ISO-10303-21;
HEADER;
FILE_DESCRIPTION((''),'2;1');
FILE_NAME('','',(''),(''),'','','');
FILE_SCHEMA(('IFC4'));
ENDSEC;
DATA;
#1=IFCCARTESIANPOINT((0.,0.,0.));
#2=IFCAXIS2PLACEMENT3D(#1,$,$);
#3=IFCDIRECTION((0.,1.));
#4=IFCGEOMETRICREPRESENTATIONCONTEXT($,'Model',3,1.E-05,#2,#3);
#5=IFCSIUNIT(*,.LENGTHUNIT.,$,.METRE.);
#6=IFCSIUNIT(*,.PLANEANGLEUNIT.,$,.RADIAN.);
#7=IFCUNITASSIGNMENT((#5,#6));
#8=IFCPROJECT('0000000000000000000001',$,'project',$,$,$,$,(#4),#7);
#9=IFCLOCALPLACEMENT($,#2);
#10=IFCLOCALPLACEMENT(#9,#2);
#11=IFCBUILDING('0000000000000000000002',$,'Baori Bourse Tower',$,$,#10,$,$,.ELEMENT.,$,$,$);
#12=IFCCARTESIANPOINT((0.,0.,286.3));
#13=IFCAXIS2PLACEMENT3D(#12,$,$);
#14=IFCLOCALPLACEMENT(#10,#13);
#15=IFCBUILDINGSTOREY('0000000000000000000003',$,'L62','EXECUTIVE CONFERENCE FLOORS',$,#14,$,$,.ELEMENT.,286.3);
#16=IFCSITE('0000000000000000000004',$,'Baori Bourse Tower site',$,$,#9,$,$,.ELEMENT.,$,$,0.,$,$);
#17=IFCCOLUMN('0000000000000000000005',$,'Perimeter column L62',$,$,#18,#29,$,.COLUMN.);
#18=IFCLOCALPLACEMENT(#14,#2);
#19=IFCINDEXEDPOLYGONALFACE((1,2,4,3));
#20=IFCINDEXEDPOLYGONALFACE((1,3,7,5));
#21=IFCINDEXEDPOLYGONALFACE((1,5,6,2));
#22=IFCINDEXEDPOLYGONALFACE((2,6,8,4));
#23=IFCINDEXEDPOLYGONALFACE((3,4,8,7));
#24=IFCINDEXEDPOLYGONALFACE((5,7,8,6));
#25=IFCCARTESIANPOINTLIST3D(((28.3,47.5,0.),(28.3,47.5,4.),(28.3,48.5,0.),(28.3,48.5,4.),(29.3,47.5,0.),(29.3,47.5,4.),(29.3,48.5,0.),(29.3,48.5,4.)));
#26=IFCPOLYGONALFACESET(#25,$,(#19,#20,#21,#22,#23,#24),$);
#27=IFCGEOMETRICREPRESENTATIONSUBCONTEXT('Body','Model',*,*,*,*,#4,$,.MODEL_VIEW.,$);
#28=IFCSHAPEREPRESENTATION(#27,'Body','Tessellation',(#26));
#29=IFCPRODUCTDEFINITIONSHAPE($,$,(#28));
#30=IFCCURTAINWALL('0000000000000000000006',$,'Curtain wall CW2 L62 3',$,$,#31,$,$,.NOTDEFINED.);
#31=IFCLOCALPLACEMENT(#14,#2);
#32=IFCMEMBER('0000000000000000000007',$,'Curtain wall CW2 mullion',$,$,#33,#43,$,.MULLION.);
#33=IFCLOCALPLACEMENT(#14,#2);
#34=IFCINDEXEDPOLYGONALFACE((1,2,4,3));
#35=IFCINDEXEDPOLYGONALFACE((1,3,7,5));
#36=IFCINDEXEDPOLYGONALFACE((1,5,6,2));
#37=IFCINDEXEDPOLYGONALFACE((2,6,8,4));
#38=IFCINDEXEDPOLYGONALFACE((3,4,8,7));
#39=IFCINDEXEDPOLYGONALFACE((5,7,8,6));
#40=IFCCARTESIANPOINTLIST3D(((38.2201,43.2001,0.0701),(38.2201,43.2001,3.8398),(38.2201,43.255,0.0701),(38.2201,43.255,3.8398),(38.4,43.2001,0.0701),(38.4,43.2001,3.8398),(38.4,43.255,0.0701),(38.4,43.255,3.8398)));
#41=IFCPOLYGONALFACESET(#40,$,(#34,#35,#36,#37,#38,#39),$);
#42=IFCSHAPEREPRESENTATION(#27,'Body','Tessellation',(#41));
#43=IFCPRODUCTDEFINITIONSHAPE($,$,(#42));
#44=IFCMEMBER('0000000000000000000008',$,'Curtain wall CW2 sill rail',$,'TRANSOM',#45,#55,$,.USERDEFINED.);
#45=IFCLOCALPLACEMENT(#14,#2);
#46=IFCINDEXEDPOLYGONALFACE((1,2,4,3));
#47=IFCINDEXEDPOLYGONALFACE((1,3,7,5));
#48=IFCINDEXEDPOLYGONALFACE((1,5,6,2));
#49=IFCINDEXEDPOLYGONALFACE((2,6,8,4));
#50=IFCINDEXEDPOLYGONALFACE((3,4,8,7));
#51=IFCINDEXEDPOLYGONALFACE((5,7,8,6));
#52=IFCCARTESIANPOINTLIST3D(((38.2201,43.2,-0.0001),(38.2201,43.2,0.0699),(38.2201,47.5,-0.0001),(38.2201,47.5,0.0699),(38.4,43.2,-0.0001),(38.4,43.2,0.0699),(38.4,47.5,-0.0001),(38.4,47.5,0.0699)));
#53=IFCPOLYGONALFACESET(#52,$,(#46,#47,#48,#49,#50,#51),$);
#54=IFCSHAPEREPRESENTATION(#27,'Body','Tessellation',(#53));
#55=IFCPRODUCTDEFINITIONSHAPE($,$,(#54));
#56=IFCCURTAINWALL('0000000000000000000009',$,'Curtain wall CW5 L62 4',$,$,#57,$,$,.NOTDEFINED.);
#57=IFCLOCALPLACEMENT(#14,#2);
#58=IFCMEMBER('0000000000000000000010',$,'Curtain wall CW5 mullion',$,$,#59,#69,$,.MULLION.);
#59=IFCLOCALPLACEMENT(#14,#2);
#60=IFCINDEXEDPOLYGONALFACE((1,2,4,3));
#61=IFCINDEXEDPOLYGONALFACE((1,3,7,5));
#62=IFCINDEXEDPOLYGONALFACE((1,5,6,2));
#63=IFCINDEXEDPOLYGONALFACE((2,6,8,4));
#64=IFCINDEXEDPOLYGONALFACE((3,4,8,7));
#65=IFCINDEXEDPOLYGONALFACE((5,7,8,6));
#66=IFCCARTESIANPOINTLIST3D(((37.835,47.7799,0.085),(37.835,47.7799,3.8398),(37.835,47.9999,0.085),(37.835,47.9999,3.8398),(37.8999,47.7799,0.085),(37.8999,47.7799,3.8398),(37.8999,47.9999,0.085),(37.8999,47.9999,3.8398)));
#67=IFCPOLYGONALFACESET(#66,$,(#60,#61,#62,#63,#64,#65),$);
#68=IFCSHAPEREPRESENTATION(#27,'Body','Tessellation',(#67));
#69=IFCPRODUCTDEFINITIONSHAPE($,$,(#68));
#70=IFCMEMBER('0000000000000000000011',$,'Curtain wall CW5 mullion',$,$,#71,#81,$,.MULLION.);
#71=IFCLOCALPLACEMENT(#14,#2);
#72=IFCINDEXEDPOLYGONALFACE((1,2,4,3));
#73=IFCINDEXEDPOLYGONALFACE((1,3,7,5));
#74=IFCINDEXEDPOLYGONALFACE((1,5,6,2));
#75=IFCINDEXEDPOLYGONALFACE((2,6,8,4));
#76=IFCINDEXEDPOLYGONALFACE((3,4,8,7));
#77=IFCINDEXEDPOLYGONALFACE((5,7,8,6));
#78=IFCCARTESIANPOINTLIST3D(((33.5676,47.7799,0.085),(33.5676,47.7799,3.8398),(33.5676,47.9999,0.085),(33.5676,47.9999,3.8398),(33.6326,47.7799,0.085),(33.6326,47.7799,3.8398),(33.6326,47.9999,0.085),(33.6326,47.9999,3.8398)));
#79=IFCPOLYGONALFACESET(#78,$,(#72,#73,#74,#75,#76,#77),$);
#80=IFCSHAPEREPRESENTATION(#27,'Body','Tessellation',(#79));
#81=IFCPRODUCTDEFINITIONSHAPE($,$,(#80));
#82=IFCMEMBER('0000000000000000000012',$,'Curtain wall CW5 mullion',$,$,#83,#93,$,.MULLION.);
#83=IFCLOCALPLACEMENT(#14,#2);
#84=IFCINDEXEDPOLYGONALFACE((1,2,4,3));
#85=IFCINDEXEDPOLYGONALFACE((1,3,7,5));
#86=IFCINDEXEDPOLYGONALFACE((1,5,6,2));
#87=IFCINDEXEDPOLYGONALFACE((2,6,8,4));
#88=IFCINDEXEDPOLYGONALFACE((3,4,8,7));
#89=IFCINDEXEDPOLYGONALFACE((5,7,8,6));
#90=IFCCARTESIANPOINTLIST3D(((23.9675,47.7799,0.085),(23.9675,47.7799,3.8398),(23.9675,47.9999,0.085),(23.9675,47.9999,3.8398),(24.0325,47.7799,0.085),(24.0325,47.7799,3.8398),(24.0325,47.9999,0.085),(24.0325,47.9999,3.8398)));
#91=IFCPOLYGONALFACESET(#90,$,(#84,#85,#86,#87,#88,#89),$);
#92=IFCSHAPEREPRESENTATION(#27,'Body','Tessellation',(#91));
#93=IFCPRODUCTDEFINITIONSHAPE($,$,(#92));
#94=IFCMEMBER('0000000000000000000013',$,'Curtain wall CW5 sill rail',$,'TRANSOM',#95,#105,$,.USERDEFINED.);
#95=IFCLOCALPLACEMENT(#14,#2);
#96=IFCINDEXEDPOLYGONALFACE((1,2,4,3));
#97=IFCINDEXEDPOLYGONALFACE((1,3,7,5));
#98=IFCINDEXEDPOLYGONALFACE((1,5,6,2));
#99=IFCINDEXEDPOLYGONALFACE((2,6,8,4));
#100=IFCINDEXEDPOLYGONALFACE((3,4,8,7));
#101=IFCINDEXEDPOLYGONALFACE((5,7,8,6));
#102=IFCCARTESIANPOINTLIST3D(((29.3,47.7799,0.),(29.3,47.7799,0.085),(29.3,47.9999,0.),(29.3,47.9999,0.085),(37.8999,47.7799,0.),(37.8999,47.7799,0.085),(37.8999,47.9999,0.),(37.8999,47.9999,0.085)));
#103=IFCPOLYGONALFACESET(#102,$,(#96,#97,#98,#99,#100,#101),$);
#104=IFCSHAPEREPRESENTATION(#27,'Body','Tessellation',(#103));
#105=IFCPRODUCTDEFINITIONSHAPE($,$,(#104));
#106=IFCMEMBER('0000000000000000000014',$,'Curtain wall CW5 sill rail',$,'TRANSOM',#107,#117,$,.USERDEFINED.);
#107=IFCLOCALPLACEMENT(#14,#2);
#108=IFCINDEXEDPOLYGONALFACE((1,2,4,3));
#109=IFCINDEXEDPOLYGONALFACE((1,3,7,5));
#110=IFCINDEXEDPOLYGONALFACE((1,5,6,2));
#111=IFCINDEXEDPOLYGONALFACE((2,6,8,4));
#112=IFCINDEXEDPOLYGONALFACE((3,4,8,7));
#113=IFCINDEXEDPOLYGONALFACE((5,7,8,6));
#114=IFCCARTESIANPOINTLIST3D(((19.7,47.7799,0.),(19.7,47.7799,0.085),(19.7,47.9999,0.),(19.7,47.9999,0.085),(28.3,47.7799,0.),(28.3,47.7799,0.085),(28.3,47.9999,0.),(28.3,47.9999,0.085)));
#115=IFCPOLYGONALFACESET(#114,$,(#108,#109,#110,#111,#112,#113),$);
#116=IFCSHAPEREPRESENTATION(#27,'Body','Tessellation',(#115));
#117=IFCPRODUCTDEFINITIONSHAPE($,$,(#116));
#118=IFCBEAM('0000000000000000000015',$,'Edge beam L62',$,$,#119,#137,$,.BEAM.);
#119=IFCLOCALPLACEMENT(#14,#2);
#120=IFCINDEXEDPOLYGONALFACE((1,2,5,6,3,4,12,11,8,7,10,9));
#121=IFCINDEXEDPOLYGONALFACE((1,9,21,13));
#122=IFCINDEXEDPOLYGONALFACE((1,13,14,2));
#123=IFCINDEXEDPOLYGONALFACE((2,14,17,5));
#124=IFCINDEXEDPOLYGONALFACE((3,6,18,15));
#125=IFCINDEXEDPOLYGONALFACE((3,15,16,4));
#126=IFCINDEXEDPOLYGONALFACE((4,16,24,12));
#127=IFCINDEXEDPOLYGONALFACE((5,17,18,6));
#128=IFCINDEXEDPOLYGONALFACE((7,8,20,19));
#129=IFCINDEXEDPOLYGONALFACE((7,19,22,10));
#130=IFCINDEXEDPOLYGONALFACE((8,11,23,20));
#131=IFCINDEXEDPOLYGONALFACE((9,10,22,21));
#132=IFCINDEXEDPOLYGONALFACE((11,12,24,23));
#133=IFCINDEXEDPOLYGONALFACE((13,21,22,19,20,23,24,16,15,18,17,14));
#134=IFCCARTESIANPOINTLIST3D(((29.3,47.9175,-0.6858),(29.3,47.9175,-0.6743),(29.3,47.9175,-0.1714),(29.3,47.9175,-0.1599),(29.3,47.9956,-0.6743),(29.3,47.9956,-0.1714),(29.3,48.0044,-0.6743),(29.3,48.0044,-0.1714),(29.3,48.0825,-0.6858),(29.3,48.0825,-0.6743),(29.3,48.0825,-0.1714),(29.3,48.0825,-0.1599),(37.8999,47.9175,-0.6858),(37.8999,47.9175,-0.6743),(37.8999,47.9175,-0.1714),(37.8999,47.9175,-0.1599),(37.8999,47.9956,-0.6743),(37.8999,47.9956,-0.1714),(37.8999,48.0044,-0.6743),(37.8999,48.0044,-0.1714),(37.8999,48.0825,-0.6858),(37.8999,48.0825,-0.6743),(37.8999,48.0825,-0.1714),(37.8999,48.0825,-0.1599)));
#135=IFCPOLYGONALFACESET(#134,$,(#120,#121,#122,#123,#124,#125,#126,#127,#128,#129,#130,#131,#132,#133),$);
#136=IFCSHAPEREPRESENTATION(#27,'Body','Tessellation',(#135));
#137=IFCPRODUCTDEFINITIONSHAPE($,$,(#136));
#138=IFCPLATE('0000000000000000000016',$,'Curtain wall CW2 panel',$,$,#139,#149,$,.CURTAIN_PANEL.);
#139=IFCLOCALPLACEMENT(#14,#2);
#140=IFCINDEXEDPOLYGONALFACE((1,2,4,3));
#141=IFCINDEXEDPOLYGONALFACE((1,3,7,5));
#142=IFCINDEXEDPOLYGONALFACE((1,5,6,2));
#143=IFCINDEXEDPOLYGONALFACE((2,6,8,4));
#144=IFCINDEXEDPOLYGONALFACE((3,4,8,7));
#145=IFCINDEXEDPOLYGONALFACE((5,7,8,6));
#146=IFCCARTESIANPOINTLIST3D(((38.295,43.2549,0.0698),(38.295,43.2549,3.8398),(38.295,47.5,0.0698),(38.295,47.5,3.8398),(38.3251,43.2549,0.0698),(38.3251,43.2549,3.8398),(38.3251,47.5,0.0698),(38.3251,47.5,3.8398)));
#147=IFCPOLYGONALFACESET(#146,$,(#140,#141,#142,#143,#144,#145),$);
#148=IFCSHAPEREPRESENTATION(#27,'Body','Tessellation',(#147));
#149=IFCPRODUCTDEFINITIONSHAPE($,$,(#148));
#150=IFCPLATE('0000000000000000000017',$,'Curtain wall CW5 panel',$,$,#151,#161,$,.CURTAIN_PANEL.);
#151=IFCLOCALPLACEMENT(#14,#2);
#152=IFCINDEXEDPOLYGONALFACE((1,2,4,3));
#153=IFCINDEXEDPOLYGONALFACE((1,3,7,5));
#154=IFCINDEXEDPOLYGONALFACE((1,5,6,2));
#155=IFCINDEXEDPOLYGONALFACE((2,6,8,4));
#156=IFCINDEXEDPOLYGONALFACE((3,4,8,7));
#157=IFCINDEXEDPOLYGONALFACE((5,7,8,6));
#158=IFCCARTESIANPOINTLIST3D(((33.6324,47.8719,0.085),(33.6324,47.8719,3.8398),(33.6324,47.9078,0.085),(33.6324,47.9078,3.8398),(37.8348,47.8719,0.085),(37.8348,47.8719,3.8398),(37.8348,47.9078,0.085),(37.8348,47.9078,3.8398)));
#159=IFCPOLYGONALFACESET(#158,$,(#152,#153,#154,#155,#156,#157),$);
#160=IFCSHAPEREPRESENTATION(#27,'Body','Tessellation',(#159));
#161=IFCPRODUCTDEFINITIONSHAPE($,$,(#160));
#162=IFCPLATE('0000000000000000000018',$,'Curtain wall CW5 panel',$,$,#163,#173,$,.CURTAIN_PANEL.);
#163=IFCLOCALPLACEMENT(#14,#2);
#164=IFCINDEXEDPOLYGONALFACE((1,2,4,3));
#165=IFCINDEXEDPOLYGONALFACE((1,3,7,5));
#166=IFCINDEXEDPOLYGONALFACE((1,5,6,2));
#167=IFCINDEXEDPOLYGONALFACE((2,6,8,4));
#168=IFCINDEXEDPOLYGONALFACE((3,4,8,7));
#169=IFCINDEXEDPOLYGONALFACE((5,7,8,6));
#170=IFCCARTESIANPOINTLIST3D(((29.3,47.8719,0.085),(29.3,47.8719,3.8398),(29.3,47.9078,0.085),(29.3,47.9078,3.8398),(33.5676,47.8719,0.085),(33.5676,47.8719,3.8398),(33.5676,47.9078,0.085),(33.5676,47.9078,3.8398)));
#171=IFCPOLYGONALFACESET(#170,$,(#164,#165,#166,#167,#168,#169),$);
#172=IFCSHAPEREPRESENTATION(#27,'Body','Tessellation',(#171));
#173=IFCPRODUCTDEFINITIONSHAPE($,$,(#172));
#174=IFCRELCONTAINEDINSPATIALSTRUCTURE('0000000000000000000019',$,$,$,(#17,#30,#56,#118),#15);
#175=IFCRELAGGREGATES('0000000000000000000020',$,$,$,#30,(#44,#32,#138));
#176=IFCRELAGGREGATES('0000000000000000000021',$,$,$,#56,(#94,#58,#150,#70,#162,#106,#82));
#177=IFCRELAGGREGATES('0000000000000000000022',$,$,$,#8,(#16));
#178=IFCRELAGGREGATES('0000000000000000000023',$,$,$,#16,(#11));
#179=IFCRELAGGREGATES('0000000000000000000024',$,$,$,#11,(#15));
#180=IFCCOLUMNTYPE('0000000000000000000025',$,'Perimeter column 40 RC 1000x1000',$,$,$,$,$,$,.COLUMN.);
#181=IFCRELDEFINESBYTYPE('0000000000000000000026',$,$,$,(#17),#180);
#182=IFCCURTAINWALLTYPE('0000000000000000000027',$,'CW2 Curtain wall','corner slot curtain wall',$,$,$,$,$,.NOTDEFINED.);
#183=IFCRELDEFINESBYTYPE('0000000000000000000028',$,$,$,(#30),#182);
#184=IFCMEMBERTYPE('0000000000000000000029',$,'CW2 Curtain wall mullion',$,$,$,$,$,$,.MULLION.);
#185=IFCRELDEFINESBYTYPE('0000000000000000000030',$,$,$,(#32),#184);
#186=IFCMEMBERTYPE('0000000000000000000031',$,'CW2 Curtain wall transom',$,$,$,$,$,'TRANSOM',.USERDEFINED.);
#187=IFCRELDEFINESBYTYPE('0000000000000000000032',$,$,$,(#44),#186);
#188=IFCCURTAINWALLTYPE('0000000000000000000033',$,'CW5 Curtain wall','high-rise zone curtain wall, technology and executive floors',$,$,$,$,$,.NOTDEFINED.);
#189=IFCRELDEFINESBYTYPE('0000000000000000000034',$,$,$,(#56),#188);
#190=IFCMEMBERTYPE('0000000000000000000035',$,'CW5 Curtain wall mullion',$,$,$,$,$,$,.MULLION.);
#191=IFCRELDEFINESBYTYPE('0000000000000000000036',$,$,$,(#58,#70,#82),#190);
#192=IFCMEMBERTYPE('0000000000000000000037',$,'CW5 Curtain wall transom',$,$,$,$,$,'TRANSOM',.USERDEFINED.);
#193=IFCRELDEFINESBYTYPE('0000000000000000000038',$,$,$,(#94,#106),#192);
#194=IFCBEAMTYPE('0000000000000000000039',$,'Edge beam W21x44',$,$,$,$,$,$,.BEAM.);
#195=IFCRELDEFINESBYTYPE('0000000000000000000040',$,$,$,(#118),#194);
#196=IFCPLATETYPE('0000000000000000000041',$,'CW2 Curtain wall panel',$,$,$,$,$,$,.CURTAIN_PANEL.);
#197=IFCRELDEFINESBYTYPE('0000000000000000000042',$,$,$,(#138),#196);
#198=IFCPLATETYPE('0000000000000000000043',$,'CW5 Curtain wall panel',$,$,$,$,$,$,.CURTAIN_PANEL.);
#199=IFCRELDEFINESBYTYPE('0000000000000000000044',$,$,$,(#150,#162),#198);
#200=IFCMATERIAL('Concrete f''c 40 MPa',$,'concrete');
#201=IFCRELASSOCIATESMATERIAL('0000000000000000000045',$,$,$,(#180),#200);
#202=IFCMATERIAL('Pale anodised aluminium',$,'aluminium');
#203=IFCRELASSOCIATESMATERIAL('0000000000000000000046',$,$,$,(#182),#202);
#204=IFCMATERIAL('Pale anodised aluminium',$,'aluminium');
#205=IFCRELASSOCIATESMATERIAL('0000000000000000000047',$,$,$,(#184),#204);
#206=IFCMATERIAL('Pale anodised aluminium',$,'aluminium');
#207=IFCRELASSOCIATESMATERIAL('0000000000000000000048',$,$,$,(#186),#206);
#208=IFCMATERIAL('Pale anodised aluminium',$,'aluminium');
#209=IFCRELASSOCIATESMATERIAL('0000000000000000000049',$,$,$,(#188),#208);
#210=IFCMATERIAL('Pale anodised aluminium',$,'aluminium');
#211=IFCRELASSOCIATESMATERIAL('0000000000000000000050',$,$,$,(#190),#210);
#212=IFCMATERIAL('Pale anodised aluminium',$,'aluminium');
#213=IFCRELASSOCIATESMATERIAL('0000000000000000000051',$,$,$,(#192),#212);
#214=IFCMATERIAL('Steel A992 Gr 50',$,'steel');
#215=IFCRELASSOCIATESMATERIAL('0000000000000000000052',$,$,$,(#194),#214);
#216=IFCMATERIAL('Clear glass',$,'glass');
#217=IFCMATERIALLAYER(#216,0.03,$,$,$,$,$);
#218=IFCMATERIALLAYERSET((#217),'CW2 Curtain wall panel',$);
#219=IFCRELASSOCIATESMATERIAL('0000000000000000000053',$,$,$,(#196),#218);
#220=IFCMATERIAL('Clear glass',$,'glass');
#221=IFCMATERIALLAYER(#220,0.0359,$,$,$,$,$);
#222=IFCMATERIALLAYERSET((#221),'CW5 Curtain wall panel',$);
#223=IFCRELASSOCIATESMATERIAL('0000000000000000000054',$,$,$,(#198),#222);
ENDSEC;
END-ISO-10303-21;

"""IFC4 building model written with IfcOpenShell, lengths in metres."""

from ifc_helpers import new_model, si_unit, direction, frame, origin, origin_2d, place, context, subcontext, project, spatial, rectangle, i_section, extrude, material, layer, layer_set, material_profile, profile_set, type_object, element, aggregate, save


model = new_model("IFC4")

# Units and contexts
model_context = context("Model", 3, precision=1e-05, world=origin(), true_north=direction((0.0, 1.0)))
body_context = subcontext(model_context, "Body", "Model", "MODEL_VIEW")
ifc_project = project(units=[si_unit("LENGTHUNIT", "METRE"), si_unit("PLANEANGLEUNIT", "RADIAN")], contexts=[model_context])

# Site, building, storey
site_placement = place(None, origin())
site = spatial("IfcSite", under=ifc_project, at=site_placement, Name="Baori Bourse Tower site", CompositionType="ELEMENT", RefElevation=0.0)
building_placement = place(site_placement, origin())
building = spatial("IfcBuilding", under=site, at=building_placement, Name="Baori Bourse Tower", CompositionType="ELEMENT")
storey_placement = place(building_placement, frame((0.0, 0.0, 286.3)))
storey = spatial("IfcBuildingStorey", under=building, at=storey_placement, Name="L62", Description="EXECUTIVE CONFERENCE FLOORS", CompositionType="ELEMENT", Elevation=286.3)

# Column
ifc_material_1 = material(Name="Concrete f'c 40 MPa", Category="concrete")
ifc_material_profile_1 = material_profile(ifc_material_1, rectangle(XDim=1.0, YDim=1.0, at=origin_2d()), Name="RC 1000x1000")
ifc_profile_set_1 = profile_set([ifc_material_profile_1], Name="Concrete f'c 40 MPa")
column_type = type_object("IfcColumnType", Name="Perimeter column 40 RC 1000x1000", PredefinedType="COLUMN", material=ifc_profile_set_1)
column_placement = place(storey_placement, frame((28.8, 48.0, 0.0), z_axis=(0.0, 0.0, 1.0), x_axis=(1.0, 0.0, 0.0)))
element("IfcColumn", 1, at=column_placement, inside=storey, type_object=column_type, Name="Perimeter column L62", PredefinedType="COLUMN", context=body_context, shape_type="SweptSolid", body=[
    extrude(rectangle(XDim=1.0, YDim=1.0, at=origin_2d()), origin(), (0.0, 0.0, 1.0), 4.0),
])

# Curtain walls, members
ifc_material_2 = material(Name="Pale anodised aluminium", Category="aluminium")
curtain_wall_type_1 = type_object("IfcCurtainWallType", Name="CW2 Curtain wall", Description="corner slot curtain wall", PredefinedType="NOTDEFINED", material=ifc_material_2)
curtain_wall_1_placement = place(storey_placement, origin())
curtain_wall_1 = element("IfcCurtainWall", 2, at=curtain_wall_1_placement, inside=storey, type_object=curtain_wall_type_1, Name="Curtain wall CW2 L62 3", PredefinedType="NOTDEFINED")
ifc_material_3 = material(Name="Pale anodised aluminium", Category="aluminium")
ifc_material_profile_2 = material_profile(ifc_material_3, rectangle(XDim=0.1799, YDim=0.0549, at=origin_2d()), Name="Mullion 55x180")
ifc_profile_set_2 = profile_set([ifc_material_profile_2], Name="Pale anodised aluminium")
member_type_1 = type_object("IfcMemberType", Name="CW2 Curtain wall mullion", PredefinedType="MULLION", material=ifc_profile_set_2)
member_1_placement = place(storey_placement, frame((38.3101, 43.2275, 0.0701), z_axis=(0.0, 0.0, 1.0), x_axis=(-1.0, 0.0, 0.0)))
member_1 = element("IfcMember", 3, at=member_1_placement, type_object=member_type_1, Name="Curtain wall CW2 mullion", PredefinedType="MULLION", context=body_context, shape_type="SweptSolid", body=[
    extrude(rectangle(XDim=0.1799, YDim=0.0549, at=origin_2d()), origin(), (0.0, 0.0, 1.0), 3.7698),
])
ifc_material_4 = material(Name="Pale anodised aluminium", Category="aluminium")
ifc_material_profile_3 = material_profile(ifc_material_4, rectangle(XDim=0.1799, YDim=0.0701, at=origin_2d()), Name="Transom 70x180")
ifc_profile_set_3 = profile_set([ifc_material_profile_3], Name="Pale anodised aluminium")
member_type_2 = type_object("IfcMemberType", Name="CW2 Curtain wall transom", ElementType="TRANSOM", PredefinedType="USERDEFINED", material=ifc_profile_set_3)
member_2_placement = place(storey_placement, frame((38.3101, 43.2, 0.0349), z_axis=(0.0, 1.0, 0.0), x_axis=(-1.0, 0.0, 0.0)))
member_2 = element("IfcMember", 4, at=member_2_placement, type_object=member_type_2, Name="Curtain wall CW2 sill rail", ObjectType="TRANSOM", PredefinedType="USERDEFINED", context=body_context, shape_type="SweptSolid", body=[
    extrude(rectangle(XDim=0.1799, YDim=0.0701, at=origin_2d()), origin(), (0.0, 0.0, 1.0), 4.3),
])
ifc_material_5 = material(Name="Pale anodised aluminium", Category="aluminium")
curtain_wall_type_2 = type_object("IfcCurtainWallType", Name="CW5 Curtain wall", Description="high-rise zone curtain wall, technology and executive floors", PredefinedType="NOTDEFINED", material=ifc_material_5)
curtain_wall_2_placement = place(storey_placement, origin())
curtain_wall_2 = element("IfcCurtainWall", 5, at=curtain_wall_2_placement, inside=storey, type_object=curtain_wall_type_2, Name="Curtain wall CW5 L62 4", PredefinedType="NOTDEFINED")
ifc_material_6 = material(Name="Pale anodised aluminium", Category="aluminium")
ifc_material_profile_4 = material_profile(ifc_material_6, rectangle(XDim=0.22, YDim=0.0649, at=origin_2d()), Name="Mullion 65x220")
ifc_profile_set_4 = profile_set([ifc_material_profile_4], Name="Pale anodised aluminium")
member_type_3 = type_object("IfcMemberType", Name="CW5 Curtain wall mullion", PredefinedType="MULLION", material=ifc_profile_set_4)
member_3_placement = place(storey_placement, frame((37.8674, 47.8899, 0.085), z_axis=(0.0, 0.0, 1.0), x_axis=(0.0, -1.0, 0.0)))
member_3 = element("IfcMember", 6, at=member_3_placement, type_object=member_type_3, Name="Curtain wall CW5 mullion", PredefinedType="MULLION", context=body_context, shape_type="SweptSolid", body=[
    extrude(rectangle(XDim=0.22, YDim=0.0649, at=origin_2d()), origin(), (0.0, 0.0, 1.0), 3.7549),
])
member_4_placement = place(storey_placement, frame((33.6001, 47.8899, 0.085), z_axis=(0.0, 0.0, 1.0), x_axis=(0.0, -1.0, 0.0)))
member_4 = element("IfcMember", 7, at=member_4_placement, type_object=member_type_3, Name="Curtain wall CW5 mullion", PredefinedType="MULLION", context=body_context, shape_type="SweptSolid", body=[
    extrude(rectangle(XDim=0.22, YDim=0.0649, at=origin_2d()), origin(), (0.0, 0.0, 1.0), 3.7549),
])
member_5_placement = place(storey_placement, frame((24.0, 47.8899, 0.085), z_axis=(0.0, 0.0, 1.0), x_axis=(0.0, -1.0, 0.0)))
member_5 = element("IfcMember", 8, at=member_5_placement, type_object=member_type_3, Name="Curtain wall CW5 mullion", PredefinedType="MULLION", context=body_context, shape_type="SweptSolid", body=[
    extrude(rectangle(XDim=0.22, YDim=0.0649, at=origin_2d()), origin(), (0.0, 0.0, 1.0), 3.7549),
])
ifc_material_7 = material(Name="Pale anodised aluminium", Category="aluminium")
ifc_material_profile_5 = material_profile(ifc_material_7, rectangle(XDim=0.22, YDim=0.085, at=origin_2d()), Name="Transom 85x220")
ifc_profile_set_5 = profile_set([ifc_material_profile_5], Name="Pale anodised aluminium")
member_type_4 = type_object("IfcMemberType", Name="CW5 Curtain wall transom", ElementType="TRANSOM", PredefinedType="USERDEFINED", material=ifc_profile_set_5)
member_6_placement = place(storey_placement, frame((37.8999, 47.8899, 0.0425), z_axis=(-1.0, 0.0, 0.0), x_axis=(0.0, -1.0, 0.0)))
member_6 = element("IfcMember", 9, at=member_6_placement, type_object=member_type_4, Name="Curtain wall CW5 sill rail", ObjectType="TRANSOM", PredefinedType="USERDEFINED", context=body_context, shape_type="SweptSolid", body=[
    extrude(rectangle(XDim=0.22, YDim=0.085, at=origin_2d()), origin(), (0.0, 0.0, 1.0), 8.5999),
])
member_7_placement = place(storey_placement, frame((28.3, 47.8899, 0.0425), z_axis=(-1.0, 0.0, 0.0), x_axis=(0.0, -1.0, 0.0)))
member_7 = element("IfcMember", 10, at=member_7_placement, type_object=member_type_4, Name="Curtain wall CW5 sill rail", ObjectType="TRANSOM", PredefinedType="USERDEFINED", context=body_context, shape_type="SweptSolid", body=[
    extrude(rectangle(XDim=0.22, YDim=0.085, at=origin_2d()), origin(), (0.0, 0.0, 1.0), 8.6001),
])

# Beam
ifc_material_8 = material(Name="Steel A992 Gr 50", Category="steel")
ifc_material_profile_6 = material_profile(ifc_material_8, i_section(OverallWidth=0.165, OverallDepth=0.5259, WebThickness=0.0088, FlangeThickness=0.0115, at=origin_2d()), Name="W21x44")
ifc_profile_set_6 = profile_set([ifc_material_profile_6], Name="Steel A992 Gr 50")
beam_type = type_object("IfcBeamType", Name="Edge beam W21x44", PredefinedType="BEAM", material=ifc_profile_set_6)
beam_placement = place(storey_placement, frame((29.3, 48.0, -0.4229), z_axis=(1.0, 0.0, 0.0), x_axis=(0.0, 1.0, 0.0)))
element("IfcBeam", 11, at=beam_placement, inside=storey, type_object=beam_type, Name="Edge beam L62", PredefinedType="BEAM", context=body_context, shape_type="SweptSolid", body=[
    extrude(i_section(OverallWidth=0.165, OverallDepth=0.5259, WebThickness=0.0088, FlangeThickness=0.0115, at=origin_2d()), origin(), (0.0, 0.0, 1.0), 8.5999),
])

# Plates
ifc_material_9 = material(Name="Clear glass", Category="glass")
ifc_layer_1 = layer(ifc_material_9, 0.03)
ifc_layer_set_1 = layer_set([ifc_layer_1], Name="CW2 Curtain wall panel")
plate_type_1 = type_object("IfcPlateType", Name="CW2 Curtain wall panel", PredefinedType="CURTAIN_PANEL", material=ifc_layer_set_1)
plate_1_placement = place(storey_placement, frame((38.3101, 45.3774, 0.0698), z_axis=(0.0, 0.0, 1.0), x_axis=(0.0, 1.0, 0.0)))
plate_1 = element("IfcPlate", 12, at=plate_1_placement, type_object=plate_type_1, Name="Curtain wall CW2 panel", PredefinedType="CURTAIN_PANEL", context=body_context, shape_type="SweptSolid", body=[
    extrude(rectangle(XDim=4.2451, YDim=0.03, at=origin_2d()), origin(), (0.0, 0.0, 1.0), 3.77),
])
aggregate(curtain_wall_1, [member_2, member_1, plate_1])
ifc_material_10 = material(Name="Clear glass", Category="glass")
ifc_layer_2 = layer(ifc_material_10, 0.0359)
ifc_layer_set_2 = layer_set([ifc_layer_2], Name="CW5 Curtain wall panel")
plate_type_2 = type_object("IfcPlateType", Name="CW5 Curtain wall panel", PredefinedType="CURTAIN_PANEL", material=ifc_layer_set_2)
plate_2_placement = place(storey_placement, frame((35.7336, 47.8899, 0.085), z_axis=(0.0, 0.0, 1.0), x_axis=(-1.0, 0.0, 0.0)))
plate_2 = element("IfcPlate", 13, at=plate_2_placement, type_object=plate_type_2, Name="Curtain wall CW5 panel", PredefinedType="CURTAIN_PANEL", context=body_context, shape_type="SweptSolid", body=[
    extrude(rectangle(XDim=4.2024, YDim=0.0359, at=origin_2d()), origin(), (0.0, 0.0, 1.0), 3.7549),
])
plate_3_placement = place(storey_placement, frame((31.4338, 47.8899, 0.085), z_axis=(0.0, 0.0, 1.0), x_axis=(-1.0, 0.0, 0.0)))
plate_3 = element("IfcPlate", 14, at=plate_3_placement, type_object=plate_type_2, Name="Curtain wall CW5 panel", PredefinedType="CURTAIN_PANEL", context=body_context, shape_type="SweptSolid", body=[
    extrude(rectangle(XDim=4.2676, YDim=0.0359, at=origin_2d()), origin(), (0.0, 0.0, 1.0), 3.7549),
])
aggregate(curtain_wall_2, [member_6, member_3, plate_2, member_4, plate_3, member_7, member_5])

save(model, "model.ifc")
